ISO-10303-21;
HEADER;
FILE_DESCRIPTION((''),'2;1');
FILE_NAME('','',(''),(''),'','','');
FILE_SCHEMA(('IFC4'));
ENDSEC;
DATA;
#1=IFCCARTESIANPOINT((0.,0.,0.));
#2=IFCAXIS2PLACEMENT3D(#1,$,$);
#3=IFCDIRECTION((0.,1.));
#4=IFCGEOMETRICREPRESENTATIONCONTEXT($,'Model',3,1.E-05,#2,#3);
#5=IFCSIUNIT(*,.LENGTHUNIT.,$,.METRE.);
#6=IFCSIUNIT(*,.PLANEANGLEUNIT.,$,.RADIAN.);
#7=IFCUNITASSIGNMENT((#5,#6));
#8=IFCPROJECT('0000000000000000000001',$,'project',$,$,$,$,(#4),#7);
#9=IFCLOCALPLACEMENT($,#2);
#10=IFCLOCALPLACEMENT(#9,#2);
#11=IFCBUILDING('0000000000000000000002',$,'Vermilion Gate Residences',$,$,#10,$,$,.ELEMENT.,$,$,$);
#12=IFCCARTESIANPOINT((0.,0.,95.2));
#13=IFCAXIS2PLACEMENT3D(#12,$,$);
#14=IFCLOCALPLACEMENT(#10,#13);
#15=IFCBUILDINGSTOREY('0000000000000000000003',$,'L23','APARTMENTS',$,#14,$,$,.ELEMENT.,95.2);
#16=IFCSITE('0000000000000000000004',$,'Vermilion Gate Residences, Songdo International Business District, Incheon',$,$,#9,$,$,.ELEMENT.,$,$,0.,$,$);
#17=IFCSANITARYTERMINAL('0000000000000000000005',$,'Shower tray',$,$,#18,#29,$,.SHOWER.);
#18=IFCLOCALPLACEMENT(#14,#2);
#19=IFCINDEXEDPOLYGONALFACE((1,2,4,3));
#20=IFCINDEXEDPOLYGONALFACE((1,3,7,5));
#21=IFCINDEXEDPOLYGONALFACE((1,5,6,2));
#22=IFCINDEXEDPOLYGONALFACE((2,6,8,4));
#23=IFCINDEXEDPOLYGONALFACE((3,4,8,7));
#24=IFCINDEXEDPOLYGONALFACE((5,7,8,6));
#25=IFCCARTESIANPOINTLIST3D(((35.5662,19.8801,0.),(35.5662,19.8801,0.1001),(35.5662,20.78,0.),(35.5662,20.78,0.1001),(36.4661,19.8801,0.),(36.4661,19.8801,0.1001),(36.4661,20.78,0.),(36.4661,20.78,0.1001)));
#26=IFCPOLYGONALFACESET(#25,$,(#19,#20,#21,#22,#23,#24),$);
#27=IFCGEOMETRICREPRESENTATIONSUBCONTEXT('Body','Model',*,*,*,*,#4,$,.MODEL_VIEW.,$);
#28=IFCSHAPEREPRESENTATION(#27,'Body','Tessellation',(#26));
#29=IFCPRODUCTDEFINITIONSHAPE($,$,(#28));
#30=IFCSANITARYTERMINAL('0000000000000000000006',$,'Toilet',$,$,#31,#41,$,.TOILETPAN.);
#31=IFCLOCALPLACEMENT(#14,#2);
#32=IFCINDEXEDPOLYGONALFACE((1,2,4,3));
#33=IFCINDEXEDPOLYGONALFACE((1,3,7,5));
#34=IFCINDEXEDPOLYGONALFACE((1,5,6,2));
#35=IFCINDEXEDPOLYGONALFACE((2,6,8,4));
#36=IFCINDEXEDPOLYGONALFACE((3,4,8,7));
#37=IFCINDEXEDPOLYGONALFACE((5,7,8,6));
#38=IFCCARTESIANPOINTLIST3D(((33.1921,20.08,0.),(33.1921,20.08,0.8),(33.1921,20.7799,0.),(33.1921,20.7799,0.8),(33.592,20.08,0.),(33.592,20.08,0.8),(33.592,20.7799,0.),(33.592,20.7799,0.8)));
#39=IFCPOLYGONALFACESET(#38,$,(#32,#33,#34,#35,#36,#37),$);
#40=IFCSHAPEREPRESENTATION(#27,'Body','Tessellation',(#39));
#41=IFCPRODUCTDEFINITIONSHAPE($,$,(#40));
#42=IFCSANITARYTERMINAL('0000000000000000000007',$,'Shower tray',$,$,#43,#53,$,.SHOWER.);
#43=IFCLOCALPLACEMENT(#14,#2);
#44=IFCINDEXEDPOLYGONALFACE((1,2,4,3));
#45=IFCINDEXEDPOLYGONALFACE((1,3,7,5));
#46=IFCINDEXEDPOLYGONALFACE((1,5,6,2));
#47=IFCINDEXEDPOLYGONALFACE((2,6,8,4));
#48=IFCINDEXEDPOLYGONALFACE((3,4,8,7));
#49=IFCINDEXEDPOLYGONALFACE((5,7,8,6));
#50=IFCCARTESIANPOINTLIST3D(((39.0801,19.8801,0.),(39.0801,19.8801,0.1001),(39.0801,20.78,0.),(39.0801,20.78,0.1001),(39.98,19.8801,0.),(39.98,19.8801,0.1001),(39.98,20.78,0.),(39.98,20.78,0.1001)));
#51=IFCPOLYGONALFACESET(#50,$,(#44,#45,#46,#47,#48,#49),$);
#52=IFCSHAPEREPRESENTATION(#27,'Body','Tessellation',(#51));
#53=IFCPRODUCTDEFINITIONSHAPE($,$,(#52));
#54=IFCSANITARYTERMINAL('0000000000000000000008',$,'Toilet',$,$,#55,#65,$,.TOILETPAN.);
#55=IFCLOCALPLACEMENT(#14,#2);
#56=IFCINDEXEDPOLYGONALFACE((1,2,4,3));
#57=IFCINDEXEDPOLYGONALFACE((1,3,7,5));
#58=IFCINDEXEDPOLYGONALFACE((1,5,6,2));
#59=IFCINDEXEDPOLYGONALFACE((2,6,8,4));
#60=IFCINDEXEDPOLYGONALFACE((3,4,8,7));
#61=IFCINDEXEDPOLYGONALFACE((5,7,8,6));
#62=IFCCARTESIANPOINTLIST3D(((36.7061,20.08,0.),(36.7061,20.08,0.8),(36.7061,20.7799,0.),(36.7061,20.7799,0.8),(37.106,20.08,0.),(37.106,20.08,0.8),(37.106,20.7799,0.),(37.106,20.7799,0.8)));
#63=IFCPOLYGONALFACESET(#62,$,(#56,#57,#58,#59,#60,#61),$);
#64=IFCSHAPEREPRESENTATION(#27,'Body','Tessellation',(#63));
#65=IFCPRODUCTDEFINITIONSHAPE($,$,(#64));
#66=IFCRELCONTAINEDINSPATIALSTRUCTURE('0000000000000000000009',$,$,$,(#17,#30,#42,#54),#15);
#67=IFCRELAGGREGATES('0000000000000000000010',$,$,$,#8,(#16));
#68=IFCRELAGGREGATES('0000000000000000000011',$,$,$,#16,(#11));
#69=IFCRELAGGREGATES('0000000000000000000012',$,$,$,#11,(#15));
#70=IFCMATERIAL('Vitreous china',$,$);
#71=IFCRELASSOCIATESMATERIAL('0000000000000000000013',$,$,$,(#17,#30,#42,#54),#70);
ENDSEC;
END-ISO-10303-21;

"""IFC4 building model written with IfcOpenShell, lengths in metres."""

from ifc_helpers import new_model, si_unit, direction, frame, origin, origin_2d, place, context, subcontext, project, spatial, rectangle, extrude, material, element, save


model = new_model("IFC4")

# Units and contexts
model_context = context("Model", 3, precision=1e-05, world=origin(), true_north=direction((0.0, 1.0)))
body_context = subcontext(model_context, "Body", "Model", "MODEL_VIEW")
ifc_project = project(units=[si_unit("LENGTHUNIT", "METRE"), si_unit("PLANEANGLEUNIT", "RADIAN")], contexts=[model_context])

# Site, building, storey
site_placement = place(None, origin())
site = spatial("IfcSite", under=ifc_project, at=site_placement, Name="Vermilion Gate Residences, Songdo International Business District, Incheon", CompositionType="ELEMENT", RefElevation=0.0)
building_placement = place(site_placement, origin())
building = spatial("IfcBuilding", under=site, at=building_placement, Name="Vermilion Gate Residences", CompositionType="ELEMENT")
storey_placement = place(building_placement, frame((0.0, 0.0, 95.2)))
storey = spatial("IfcBuildingStorey", under=building, at=storey_placement, Name="L23", Description="APARTMENTS", CompositionType="ELEMENT", Elevation=95.2)

# Sanitary terminals
ifc_material_1 = material(Name="Vitreous china")
sanitary_terminal_1_placement = place(storey_placement, frame((36.0161, 20.3301, 0.0), z_axis=(0.0, 0.0, 1.0), x_axis=(1.0, 0.0, 0.0)))
element("IfcSanitaryTerminal", 1, at=sanitary_terminal_1_placement, inside=storey, material=ifc_material_1, Name="Shower tray", PredefinedType="SHOWER", context=body_context, shape_type="SweptSolid", body=[
    extrude(rectangle(XDim=0.8999, YDim=0.8999, at=origin_2d()), origin(), (0.0, 0.0, 1.0), 0.1001),
])
sanitary_terminal_2_placement = place(storey_placement, frame((33.3921, 20.4299, 0.0), z_axis=(0.0, 0.0, 1.0), x_axis=(1.0, 0.0, 0.0)))
element("IfcSanitaryTerminal", 2, at=sanitary_terminal_2_placement, inside=storey, material=ifc_material_1, Name="Toilet", PredefinedType="TOILETPAN", context=body_context, shape_type="SweptSolid", body=[
    extrude(rectangle(XDim=0.3999, YDim=0.7, at=origin_2d()), origin(), (0.0, 0.0, 1.0), 0.8),
])
sanitary_terminal_3_placement = place(storey_placement, frame((39.53, 20.3301, 0.0), z_axis=(0.0, 0.0, 1.0), x_axis=(1.0, 0.0, 0.0)))
element("IfcSanitaryTerminal", 3, at=sanitary_terminal_3_placement, inside=storey, material=ifc_material_1, Name="Shower tray", PredefinedType="SHOWER", context=body_context, shape_type="SweptSolid", body=[
    extrude(rectangle(XDim=0.8999, YDim=0.8999, at=origin_2d()), origin(), (0.0, 0.0, 1.0), 0.1001),
])
sanitary_terminal_4_placement = place(storey_placement, frame((36.906, 20.4299, 0.0), z_axis=(0.0, 0.0, 1.0), x_axis=(1.0, 0.0, 0.0)))
element("IfcSanitaryTerminal", 4, at=sanitary_terminal_4_placement, inside=storey, material=ifc_material_1, Name="Toilet", PredefinedType="TOILETPAN", context=body_context, shape_type="SweptSolid", body=[
    extrude(rectangle(XDim=0.3999, YDim=0.7, at=origin_2d()), origin(), (0.0, 0.0, 1.0), 0.8),
])

save(model, "model.ifc")
